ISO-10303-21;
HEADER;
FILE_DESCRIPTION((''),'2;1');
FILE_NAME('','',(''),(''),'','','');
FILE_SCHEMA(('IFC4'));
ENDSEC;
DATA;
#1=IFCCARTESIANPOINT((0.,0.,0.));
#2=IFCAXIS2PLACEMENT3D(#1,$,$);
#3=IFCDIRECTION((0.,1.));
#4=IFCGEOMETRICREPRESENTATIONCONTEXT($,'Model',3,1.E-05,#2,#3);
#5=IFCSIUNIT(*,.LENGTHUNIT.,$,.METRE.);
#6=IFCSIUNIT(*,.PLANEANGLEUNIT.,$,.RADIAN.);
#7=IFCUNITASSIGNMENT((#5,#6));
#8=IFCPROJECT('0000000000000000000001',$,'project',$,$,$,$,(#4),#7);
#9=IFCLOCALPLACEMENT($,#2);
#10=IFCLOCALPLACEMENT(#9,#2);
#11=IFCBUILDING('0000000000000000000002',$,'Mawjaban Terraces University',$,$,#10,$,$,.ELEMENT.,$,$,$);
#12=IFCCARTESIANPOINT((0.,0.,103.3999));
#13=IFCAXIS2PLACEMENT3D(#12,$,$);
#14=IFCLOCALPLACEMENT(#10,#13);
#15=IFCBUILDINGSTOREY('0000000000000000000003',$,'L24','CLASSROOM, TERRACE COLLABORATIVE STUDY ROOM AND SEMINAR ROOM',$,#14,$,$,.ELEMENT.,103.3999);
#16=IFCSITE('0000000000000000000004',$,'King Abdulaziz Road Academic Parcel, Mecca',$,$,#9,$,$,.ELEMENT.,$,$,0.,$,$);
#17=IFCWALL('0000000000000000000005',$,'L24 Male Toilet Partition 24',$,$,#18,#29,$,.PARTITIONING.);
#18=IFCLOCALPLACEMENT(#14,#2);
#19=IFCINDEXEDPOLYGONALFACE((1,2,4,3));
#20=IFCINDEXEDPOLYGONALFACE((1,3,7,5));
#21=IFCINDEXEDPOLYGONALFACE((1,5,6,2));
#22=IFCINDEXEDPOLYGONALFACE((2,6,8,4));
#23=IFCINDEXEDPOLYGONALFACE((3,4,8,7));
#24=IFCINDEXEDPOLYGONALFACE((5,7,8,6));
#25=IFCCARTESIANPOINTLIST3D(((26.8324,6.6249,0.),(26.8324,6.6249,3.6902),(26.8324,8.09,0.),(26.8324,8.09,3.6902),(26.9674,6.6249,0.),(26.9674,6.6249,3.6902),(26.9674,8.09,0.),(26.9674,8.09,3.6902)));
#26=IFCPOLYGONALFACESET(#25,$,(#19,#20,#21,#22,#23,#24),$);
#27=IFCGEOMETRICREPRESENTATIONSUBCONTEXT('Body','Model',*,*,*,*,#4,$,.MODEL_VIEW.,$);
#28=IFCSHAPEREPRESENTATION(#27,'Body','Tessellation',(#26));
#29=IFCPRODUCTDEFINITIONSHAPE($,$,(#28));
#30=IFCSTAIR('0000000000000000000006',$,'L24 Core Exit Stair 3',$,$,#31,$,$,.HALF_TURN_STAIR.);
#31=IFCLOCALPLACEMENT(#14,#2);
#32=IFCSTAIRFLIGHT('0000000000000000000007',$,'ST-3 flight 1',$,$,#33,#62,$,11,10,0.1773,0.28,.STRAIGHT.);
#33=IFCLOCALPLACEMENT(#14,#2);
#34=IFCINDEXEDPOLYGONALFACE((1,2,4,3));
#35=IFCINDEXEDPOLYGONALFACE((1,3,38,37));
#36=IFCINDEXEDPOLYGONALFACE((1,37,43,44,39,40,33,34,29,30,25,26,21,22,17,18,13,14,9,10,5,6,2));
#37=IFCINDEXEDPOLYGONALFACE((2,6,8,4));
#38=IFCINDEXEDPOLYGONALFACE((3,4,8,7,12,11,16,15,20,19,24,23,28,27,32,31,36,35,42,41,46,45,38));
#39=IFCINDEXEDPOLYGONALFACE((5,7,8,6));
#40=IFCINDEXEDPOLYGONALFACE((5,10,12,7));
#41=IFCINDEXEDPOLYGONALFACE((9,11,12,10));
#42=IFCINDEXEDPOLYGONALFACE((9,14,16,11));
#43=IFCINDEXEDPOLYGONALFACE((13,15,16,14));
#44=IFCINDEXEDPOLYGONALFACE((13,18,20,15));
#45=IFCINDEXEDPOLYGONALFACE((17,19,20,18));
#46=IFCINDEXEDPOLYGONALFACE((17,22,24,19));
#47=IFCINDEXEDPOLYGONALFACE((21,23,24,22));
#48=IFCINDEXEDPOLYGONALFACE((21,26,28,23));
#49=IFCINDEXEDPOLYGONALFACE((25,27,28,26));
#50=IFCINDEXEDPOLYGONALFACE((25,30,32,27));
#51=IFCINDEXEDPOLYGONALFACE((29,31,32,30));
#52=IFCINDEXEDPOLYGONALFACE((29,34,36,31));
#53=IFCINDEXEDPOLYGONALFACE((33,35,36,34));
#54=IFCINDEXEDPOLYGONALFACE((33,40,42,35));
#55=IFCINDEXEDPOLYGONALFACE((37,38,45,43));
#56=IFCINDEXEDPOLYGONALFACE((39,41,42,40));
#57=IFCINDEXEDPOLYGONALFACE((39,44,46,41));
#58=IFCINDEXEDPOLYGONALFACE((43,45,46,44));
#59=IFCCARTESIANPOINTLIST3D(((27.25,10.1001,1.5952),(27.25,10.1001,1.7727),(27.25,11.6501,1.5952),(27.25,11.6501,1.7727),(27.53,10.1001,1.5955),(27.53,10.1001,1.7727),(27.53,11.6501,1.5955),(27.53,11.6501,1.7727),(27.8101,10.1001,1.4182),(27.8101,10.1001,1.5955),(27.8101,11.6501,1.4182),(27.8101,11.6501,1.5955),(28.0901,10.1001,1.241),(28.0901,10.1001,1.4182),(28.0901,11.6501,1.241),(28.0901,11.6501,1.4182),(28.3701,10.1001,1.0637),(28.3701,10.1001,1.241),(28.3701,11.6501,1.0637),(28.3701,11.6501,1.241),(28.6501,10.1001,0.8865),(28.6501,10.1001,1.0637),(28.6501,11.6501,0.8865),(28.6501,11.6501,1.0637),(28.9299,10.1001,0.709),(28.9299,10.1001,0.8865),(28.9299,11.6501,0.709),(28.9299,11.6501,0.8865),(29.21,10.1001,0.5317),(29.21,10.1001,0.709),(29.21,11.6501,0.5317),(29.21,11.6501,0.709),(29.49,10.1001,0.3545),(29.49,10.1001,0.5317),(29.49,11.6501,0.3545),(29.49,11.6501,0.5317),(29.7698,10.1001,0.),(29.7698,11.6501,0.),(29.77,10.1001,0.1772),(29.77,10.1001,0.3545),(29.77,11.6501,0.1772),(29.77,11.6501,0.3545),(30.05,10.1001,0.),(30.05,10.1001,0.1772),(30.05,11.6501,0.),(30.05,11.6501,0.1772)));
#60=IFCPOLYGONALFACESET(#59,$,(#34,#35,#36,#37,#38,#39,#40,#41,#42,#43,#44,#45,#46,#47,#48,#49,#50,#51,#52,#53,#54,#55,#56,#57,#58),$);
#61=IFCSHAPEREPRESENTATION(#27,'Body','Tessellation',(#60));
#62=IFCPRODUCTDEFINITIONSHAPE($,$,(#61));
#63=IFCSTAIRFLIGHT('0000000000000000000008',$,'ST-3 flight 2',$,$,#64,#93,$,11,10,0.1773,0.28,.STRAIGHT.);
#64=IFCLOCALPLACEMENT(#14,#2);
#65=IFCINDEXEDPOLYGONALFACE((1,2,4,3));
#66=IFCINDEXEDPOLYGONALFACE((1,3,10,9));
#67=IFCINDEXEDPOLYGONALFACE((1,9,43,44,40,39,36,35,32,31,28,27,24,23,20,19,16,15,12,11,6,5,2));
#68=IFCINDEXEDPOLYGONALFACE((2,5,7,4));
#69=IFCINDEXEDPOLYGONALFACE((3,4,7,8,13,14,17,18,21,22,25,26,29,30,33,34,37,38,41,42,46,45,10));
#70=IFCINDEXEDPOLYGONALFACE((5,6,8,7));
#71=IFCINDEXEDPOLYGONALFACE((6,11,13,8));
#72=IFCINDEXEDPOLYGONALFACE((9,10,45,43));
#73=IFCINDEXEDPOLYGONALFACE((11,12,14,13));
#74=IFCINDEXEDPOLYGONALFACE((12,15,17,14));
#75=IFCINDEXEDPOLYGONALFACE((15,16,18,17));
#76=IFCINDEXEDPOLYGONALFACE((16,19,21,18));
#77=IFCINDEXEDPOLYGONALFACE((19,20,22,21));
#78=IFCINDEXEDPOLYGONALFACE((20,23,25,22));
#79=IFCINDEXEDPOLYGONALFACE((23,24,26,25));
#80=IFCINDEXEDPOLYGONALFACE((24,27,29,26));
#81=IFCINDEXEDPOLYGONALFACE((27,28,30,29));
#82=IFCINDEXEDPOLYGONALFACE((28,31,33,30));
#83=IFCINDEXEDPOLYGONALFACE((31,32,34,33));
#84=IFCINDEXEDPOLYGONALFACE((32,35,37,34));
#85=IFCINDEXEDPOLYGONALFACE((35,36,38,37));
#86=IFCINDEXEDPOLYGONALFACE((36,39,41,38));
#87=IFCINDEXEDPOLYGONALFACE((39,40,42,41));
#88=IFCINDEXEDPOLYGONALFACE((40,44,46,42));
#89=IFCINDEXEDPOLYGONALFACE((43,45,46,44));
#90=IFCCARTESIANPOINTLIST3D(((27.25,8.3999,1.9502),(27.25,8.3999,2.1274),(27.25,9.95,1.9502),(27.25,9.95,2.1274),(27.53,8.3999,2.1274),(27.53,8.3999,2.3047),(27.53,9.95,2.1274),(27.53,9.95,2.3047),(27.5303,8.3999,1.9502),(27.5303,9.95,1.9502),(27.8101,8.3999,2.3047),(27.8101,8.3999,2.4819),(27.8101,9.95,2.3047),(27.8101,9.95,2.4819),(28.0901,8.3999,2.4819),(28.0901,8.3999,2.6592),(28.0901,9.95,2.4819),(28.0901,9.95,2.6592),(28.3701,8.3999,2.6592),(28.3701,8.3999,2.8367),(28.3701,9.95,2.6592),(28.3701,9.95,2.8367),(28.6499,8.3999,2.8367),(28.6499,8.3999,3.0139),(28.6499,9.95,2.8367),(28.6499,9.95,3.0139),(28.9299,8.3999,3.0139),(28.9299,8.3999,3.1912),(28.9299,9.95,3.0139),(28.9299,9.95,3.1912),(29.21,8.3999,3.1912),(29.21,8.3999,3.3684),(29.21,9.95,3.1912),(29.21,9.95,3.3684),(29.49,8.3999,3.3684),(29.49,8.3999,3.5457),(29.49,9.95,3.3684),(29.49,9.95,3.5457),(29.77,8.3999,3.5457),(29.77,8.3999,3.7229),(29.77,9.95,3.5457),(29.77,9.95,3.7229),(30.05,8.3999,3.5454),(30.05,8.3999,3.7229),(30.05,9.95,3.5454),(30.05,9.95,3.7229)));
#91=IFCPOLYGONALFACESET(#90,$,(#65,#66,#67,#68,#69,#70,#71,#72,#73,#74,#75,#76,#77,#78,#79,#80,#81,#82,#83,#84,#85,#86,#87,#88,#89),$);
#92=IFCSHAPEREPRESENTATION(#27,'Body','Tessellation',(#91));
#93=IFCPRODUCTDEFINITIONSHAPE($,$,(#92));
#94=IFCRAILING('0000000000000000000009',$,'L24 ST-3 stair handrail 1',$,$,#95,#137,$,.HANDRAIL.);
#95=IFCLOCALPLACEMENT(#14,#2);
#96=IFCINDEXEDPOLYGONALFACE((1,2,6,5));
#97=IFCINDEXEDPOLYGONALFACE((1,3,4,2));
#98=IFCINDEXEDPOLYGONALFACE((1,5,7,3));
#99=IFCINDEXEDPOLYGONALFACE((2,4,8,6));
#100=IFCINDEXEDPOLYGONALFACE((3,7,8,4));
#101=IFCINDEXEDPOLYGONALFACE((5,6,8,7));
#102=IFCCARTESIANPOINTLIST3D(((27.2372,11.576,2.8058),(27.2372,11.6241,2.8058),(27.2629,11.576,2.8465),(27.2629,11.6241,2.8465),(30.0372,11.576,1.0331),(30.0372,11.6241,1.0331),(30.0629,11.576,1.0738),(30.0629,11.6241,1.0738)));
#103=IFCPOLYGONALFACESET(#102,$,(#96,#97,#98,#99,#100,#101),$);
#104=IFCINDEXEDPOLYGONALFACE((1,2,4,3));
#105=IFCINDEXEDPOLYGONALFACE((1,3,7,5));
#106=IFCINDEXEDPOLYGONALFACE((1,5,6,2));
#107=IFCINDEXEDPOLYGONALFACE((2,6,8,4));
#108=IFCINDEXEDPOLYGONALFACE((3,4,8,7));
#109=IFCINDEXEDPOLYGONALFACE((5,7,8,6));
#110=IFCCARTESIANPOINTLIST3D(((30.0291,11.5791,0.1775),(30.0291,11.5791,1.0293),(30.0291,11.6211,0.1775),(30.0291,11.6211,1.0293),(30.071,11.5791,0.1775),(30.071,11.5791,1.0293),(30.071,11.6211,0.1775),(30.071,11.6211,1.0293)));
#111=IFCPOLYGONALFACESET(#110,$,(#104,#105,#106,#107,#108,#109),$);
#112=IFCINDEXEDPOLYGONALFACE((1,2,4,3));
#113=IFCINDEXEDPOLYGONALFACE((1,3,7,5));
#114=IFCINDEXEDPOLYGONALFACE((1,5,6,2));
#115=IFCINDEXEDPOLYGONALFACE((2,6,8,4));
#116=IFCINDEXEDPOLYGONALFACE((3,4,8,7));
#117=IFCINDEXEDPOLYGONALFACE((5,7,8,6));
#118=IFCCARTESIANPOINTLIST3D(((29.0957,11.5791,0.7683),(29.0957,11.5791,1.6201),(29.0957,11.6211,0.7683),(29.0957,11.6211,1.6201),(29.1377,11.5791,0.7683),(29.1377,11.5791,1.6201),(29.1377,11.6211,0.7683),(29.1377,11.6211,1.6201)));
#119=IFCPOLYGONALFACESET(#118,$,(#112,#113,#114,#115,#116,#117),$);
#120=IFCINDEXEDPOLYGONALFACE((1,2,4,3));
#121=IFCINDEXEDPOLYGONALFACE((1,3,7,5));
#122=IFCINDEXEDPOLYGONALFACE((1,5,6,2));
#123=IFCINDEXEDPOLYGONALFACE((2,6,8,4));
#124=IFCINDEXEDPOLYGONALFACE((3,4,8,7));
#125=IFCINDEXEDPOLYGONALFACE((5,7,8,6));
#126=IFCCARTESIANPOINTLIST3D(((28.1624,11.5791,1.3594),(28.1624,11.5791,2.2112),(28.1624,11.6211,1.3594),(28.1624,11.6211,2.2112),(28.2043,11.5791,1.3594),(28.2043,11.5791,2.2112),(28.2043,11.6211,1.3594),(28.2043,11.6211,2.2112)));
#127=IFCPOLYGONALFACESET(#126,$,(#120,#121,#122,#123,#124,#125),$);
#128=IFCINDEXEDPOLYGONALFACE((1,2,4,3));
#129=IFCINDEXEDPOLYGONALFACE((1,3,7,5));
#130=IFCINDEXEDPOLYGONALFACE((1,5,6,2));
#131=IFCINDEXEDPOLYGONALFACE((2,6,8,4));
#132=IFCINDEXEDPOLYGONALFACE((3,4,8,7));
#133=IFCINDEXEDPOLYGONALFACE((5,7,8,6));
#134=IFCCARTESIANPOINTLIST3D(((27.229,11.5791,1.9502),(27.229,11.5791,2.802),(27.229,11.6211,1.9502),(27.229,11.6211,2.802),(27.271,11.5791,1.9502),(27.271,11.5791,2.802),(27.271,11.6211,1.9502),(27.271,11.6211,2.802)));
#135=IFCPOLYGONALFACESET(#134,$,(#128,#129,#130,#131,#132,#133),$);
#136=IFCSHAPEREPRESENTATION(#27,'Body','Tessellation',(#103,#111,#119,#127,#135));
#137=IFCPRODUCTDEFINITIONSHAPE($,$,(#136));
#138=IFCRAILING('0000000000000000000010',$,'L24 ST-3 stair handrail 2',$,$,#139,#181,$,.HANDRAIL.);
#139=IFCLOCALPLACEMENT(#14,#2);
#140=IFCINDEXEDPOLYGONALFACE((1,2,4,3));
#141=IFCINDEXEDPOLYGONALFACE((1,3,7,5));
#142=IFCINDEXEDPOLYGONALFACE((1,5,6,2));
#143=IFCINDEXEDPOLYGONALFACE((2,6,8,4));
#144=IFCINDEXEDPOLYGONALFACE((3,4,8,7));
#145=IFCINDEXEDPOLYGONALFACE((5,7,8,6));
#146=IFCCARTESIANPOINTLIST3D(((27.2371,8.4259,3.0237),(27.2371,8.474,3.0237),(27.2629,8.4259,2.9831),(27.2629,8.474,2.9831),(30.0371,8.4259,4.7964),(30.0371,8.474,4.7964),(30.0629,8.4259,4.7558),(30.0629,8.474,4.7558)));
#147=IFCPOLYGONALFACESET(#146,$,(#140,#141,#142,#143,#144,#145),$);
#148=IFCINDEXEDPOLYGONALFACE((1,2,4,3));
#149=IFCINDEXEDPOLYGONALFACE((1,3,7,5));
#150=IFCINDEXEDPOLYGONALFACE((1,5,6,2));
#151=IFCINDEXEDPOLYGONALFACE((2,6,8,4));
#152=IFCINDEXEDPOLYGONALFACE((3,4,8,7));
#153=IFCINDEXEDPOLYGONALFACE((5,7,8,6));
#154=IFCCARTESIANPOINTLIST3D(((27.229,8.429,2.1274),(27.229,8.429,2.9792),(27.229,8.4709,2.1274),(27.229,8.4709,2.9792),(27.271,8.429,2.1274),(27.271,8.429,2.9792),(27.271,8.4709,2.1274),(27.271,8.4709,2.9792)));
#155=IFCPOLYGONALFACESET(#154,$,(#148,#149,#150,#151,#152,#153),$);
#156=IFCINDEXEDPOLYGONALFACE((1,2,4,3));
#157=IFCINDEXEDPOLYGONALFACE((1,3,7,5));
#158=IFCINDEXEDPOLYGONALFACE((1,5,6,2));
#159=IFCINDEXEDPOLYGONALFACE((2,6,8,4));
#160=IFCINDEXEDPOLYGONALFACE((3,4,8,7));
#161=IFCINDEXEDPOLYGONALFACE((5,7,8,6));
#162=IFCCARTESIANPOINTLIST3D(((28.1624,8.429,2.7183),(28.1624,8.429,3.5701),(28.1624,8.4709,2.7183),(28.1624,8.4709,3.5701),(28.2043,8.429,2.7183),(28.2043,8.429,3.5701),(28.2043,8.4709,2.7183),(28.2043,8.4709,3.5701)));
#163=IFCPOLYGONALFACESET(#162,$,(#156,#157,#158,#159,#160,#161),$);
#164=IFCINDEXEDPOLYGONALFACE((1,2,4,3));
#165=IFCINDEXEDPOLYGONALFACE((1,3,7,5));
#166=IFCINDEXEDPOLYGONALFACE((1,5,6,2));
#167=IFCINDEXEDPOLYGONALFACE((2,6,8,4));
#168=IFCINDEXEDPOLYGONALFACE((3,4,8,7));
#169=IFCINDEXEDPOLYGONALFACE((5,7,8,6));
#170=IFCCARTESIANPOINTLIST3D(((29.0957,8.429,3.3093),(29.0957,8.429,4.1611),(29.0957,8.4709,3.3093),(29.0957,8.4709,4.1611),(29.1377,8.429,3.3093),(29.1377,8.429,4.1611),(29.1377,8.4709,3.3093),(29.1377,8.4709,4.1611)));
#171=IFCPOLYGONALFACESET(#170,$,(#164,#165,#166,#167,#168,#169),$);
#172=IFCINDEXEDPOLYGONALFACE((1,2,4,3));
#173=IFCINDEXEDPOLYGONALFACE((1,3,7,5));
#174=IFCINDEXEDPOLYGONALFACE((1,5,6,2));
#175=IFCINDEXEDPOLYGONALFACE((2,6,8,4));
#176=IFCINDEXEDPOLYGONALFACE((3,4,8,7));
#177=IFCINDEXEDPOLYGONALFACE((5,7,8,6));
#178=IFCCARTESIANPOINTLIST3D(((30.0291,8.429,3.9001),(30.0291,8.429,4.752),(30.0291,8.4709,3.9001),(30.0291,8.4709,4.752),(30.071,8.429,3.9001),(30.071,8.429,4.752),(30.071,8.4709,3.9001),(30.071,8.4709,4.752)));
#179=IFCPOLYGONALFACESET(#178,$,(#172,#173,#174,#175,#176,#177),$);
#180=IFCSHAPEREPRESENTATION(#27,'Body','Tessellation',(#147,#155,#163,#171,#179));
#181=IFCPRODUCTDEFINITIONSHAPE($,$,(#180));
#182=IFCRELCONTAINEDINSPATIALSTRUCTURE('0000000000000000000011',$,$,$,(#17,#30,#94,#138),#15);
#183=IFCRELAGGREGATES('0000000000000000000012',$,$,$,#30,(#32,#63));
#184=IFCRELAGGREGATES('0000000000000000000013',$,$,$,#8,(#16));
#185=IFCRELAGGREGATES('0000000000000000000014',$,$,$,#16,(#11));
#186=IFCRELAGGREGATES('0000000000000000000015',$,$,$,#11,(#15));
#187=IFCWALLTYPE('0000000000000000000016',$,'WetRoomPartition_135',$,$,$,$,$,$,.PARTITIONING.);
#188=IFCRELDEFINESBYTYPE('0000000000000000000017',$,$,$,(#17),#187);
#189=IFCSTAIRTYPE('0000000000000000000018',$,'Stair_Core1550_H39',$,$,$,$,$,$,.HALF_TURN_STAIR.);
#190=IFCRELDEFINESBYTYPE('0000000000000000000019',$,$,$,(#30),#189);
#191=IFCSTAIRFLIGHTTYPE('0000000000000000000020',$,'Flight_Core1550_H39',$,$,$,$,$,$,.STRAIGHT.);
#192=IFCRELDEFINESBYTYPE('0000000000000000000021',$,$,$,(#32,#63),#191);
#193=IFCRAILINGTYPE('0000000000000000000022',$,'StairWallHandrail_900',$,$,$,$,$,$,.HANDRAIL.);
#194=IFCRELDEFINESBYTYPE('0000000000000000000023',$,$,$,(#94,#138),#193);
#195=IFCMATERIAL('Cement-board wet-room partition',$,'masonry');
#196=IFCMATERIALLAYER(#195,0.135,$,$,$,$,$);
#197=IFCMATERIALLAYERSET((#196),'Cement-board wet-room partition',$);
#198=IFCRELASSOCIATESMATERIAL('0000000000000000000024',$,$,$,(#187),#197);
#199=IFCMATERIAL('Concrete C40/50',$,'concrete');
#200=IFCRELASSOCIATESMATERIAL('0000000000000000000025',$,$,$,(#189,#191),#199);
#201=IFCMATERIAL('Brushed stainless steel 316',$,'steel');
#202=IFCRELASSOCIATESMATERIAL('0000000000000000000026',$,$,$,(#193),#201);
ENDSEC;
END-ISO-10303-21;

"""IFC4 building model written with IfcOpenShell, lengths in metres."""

from ifc_helpers import new_model, si_unit, direction, frame, frame_2d, origin, origin_2d, place, context, subcontext, project, spatial, polyline, rectangle, outline, extrude, material, layer, layer_set, type_object, element, aggregate, save


model = new_model("IFC4")

# Units and contexts
model_context = context("Model", 3, precision=1e-05, world=origin(), true_north=direction((0.0, 1.0)))
body_context = subcontext(model_context, "Body", "Model", "MODEL_VIEW")
ifc_project = project(units=[si_unit("LENGTHUNIT", "METRE"), si_unit("PLANEANGLEUNIT", "RADIAN")], contexts=[model_context])

# Site, building, storey
site_placement = place(None, origin())
site = spatial("IfcSite", under=ifc_project, at=site_placement, Name="King Abdulaziz Road Academic Parcel, Mecca", CompositionType="ELEMENT", RefElevation=0.0)
building_placement = place(site_placement, origin())
building = spatial("IfcBuilding", under=site, at=building_placement, Name="Mawjaban Terraces University", CompositionType="ELEMENT")
storey_placement = place(building_placement, frame((0.0, 0.0, 103.3999)))
storey = spatial("IfcBuildingStorey", under=building, at=storey_placement, Name="L24", Description="CLASSROOM, TERRACE COLLABORATIVE STUDY ROOM AND SEMINAR ROOM", CompositionType="ELEMENT", Elevation=103.3999)

# Shared definitions
ifc_material_1 = material(Name="Concrete C40/50", Category="concrete")

# Wall
ifc_material_2 = material(Name="Cement-board wet-room partition", Category="masonry")
ifc_layer_1 = layer(ifc_material_2, 0.135)
ifc_layer_set_1 = layer_set([ifc_layer_1], Name="Cement-board wet-room partition")
wall_type_1 = type_object("IfcWallType", Name="WetRoomPartition_135", PredefinedType="PARTITIONING", material=ifc_layer_set_1)
wall_1_placement = place(storey_placement, frame((26.8999, 6.625, 0.0), z_axis=(0.0, 0.0, 1.0), x_axis=(0.0, 1.0, 0.0)))
element("IfcWall", 1, at=wall_1_placement, inside=storey, type_object=wall_type_1, Name="L24 Male Toilet Partition 24", PredefinedType="PARTITIONING", context=body_context, shape_type="SweptSolid", body=[
    extrude(rectangle(XDim=1.4651, YDim=0.135, at=frame_2d((0.7324, 0.0))), origin(), (0.0, 0.0, 1.0), 3.6902),
])

# Stair, stair flights
stair_type = type_object("IfcStairType", Name="Stair_Core1550_H39", PredefinedType="HALF_TURN_STAIR", material=ifc_material_1)
stair_placement = place(storey_placement, origin())
stair = element("IfcStair", 2, at=stair_placement, inside=storey, type_object=stair_type, Name="L24 Core Exit Stair 3", PredefinedType="HALF_TURN_STAIR")
stair_flight_type = type_object("IfcStairFlightType", Name="Flight_Core1550_H39", PredefinedType="STRAIGHT", material=ifc_material_1)
stair_flight_1_placement = place(storey_placement, frame((30.05, 10.875, 0.0), z_axis=(0.0, 0.0, 1.0), x_axis=(-1.0, 0.0, 0.0)))
stair_flight_1 = element("IfcStairFlight", 3, at=stair_flight_1_placement, type_object=stair_flight_type, Name="ST-3 flight 1", NumberOfRisers=11, NumberOfTreads=10, PredefinedType="STRAIGHT", RiserHeight=0.1773, TreadLength=0.28, context=body_context, shape_type="SweptSolid", body=[
    extrude(outline(polyline([(0.0, 0.0), (0.0, 0.1772), (0.28, 0.1772), (0.28, 0.3545), (0.5601, 0.3545), (0.5601, 0.5317), (0.8401, 0.5317), (0.8401, 0.709), (1.1201, 0.709), (1.1201, 0.8865), (1.3999, 0.8865), (1.3999, 1.0637), (1.6799, 1.0637), (1.6799, 1.241), (1.96, 1.241), (1.96, 1.4182), (2.24, 1.4182), (2.24, 1.5955), (2.52, 1.5955), (2.52, 1.7727), (2.8, 1.7727), (2.8, 1.95), (2.8, 1.5952), (0.2803, 0.0), (0.0, 0.0)])), frame((0.0, 0.7749, 0.0), z_axis=(0.0, -1.0, 0.0), x_axis=(1.0, 0.0, 0.0)), (0.0, 0.0, 1.0), 1.55),
])
stair_flight_2_placement = place(storey_placement, frame((27.25, 9.175, 1.9502), z_axis=(0.0, 0.0, 1.0), x_axis=(1.0, 0.0, 0.0)))
stair_flight_2 = element("IfcStairFlight", 4, at=stair_flight_2_placement, type_object=stair_flight_type, Name="ST-3 flight 2", NumberOfRisers=11, NumberOfTreads=10, PredefinedType="STRAIGHT", RiserHeight=0.1773, TreadLength=0.28, context=body_context, shape_type="SweptSolid", body=[
    extrude(outline(polyline([(0.0, 0.0), (0.0, 0.1772), (0.28, 0.1772), (0.28, 0.3545), (0.5601, 0.3545), (0.5601, 0.5317), (0.8401, 0.5317), (0.8401, 0.709), (1.1201, 0.709), (1.1201, 0.8865), (1.3999, 0.8865), (1.3999, 1.0637), (1.6799, 1.0637), (1.6799, 1.241), (1.96, 1.241), (1.96, 1.4182), (2.24, 1.4182), (2.24, 1.5955), (2.52, 1.5955), (2.52, 1.7727), (2.8, 1.7727), (2.8, 1.95), (2.8, 1.5952), (0.2803, 0.0), (0.0, 0.0)])), frame((0.0, 0.7749, 0.0), z_axis=(0.0, -1.0, 0.0), x_axis=(1.0, 0.0, 0.0)), (0.0, 0.0, 1.0), 1.55),
])
aggregate(stair, [stair_flight_1, stair_flight_2])

# Railings
ifc_material_3 = material(Name="Brushed stainless steel 316", Category="steel")
railing_type_1 = type_object("IfcRailingType", Name="StairWallHandrail_900", PredefinedType="HANDRAIL", material=ifc_material_3)
railing_1_placement = place(storey_placement, frame((30.05, 11.6001, 0.1775)))
element("IfcRailing", 5, at=railing_1_placement, inside=storey, type_object=railing_type_1, Name="L24 ST-3 stair handrail 1", PredefinedType="HANDRAIL", context=body_context, shape_type="SweptSolid", body=[
    extrude(rectangle(XDim=0.0481, YDim=0.0481, at=origin_2d()), frame((0.0, 0.0, 0.876), z_axis=(-0.844909, 0.0, 0.53491), x_axis=(0.0, -1.0, 0.0)), (0.0, 0.0, 1.0), 3.314),
    extrude(rectangle(XDim=0.042, YDim=0.042, at=origin_2d()), origin(), (0.0, 0.0, 1.0), 0.8518),
    extrude(rectangle(XDim=0.042, YDim=0.042, at=origin_2d()), frame((-0.9333, 0.0, 0.5908)), (0.0, 0.0, 1.0), 0.8518),
    extrude(rectangle(XDim=0.042, YDim=0.042, at=origin_2d()), frame((-1.8667, 0.0, 1.1819)), (0.0, 0.0, 1.0), 0.8518),
    extrude(rectangle(XDim=0.042, YDim=0.042, at=origin_2d()), frame((-2.8, 0.0, 1.7727)), (0.0, 0.0, 1.0), 0.8518),
])
railing_2_placement = place(storey_placement, frame((27.25, 8.45, 2.1274)))
element("IfcRailing", 6, at=railing_2_placement, inside=storey, type_object=railing_type_1, Name="L24 ST-3 stair handrail 2", PredefinedType="HANDRAIL", context=body_context, shape_type="SweptSolid", body=[
    extrude(rectangle(XDim=0.0481, YDim=0.0481, at=origin_2d()), frame((0.0, 0.0, 0.876), z_axis=(0.844909, 0.0, 0.53491), x_axis=(0.0, 1.0, 0.0)), (0.0, 0.0, 1.0), 3.314),
    extrude(rectangle(XDim=0.042, YDim=0.042, at=origin_2d()), origin(), (0.0, 0.0, 1.0), 0.8518),
    extrude(rectangle(XDim=0.042, YDim=0.042, at=origin_2d()), frame((0.9333, 0.0, 0.5908)), (0.0, 0.0, 1.0), 0.8518),
    extrude(rectangle(XDim=0.042, YDim=0.042, at=origin_2d()), frame((1.8667, 0.0, 1.1819)), (0.0, 0.0, 1.0), 0.8518),
    extrude(rectangle(XDim=0.042, YDim=0.042, at=origin_2d()), frame((2.8, 0.0, 1.7727)), (0.0, 0.0, 1.0), 0.8518),
])

save(model, "model.ifc")
